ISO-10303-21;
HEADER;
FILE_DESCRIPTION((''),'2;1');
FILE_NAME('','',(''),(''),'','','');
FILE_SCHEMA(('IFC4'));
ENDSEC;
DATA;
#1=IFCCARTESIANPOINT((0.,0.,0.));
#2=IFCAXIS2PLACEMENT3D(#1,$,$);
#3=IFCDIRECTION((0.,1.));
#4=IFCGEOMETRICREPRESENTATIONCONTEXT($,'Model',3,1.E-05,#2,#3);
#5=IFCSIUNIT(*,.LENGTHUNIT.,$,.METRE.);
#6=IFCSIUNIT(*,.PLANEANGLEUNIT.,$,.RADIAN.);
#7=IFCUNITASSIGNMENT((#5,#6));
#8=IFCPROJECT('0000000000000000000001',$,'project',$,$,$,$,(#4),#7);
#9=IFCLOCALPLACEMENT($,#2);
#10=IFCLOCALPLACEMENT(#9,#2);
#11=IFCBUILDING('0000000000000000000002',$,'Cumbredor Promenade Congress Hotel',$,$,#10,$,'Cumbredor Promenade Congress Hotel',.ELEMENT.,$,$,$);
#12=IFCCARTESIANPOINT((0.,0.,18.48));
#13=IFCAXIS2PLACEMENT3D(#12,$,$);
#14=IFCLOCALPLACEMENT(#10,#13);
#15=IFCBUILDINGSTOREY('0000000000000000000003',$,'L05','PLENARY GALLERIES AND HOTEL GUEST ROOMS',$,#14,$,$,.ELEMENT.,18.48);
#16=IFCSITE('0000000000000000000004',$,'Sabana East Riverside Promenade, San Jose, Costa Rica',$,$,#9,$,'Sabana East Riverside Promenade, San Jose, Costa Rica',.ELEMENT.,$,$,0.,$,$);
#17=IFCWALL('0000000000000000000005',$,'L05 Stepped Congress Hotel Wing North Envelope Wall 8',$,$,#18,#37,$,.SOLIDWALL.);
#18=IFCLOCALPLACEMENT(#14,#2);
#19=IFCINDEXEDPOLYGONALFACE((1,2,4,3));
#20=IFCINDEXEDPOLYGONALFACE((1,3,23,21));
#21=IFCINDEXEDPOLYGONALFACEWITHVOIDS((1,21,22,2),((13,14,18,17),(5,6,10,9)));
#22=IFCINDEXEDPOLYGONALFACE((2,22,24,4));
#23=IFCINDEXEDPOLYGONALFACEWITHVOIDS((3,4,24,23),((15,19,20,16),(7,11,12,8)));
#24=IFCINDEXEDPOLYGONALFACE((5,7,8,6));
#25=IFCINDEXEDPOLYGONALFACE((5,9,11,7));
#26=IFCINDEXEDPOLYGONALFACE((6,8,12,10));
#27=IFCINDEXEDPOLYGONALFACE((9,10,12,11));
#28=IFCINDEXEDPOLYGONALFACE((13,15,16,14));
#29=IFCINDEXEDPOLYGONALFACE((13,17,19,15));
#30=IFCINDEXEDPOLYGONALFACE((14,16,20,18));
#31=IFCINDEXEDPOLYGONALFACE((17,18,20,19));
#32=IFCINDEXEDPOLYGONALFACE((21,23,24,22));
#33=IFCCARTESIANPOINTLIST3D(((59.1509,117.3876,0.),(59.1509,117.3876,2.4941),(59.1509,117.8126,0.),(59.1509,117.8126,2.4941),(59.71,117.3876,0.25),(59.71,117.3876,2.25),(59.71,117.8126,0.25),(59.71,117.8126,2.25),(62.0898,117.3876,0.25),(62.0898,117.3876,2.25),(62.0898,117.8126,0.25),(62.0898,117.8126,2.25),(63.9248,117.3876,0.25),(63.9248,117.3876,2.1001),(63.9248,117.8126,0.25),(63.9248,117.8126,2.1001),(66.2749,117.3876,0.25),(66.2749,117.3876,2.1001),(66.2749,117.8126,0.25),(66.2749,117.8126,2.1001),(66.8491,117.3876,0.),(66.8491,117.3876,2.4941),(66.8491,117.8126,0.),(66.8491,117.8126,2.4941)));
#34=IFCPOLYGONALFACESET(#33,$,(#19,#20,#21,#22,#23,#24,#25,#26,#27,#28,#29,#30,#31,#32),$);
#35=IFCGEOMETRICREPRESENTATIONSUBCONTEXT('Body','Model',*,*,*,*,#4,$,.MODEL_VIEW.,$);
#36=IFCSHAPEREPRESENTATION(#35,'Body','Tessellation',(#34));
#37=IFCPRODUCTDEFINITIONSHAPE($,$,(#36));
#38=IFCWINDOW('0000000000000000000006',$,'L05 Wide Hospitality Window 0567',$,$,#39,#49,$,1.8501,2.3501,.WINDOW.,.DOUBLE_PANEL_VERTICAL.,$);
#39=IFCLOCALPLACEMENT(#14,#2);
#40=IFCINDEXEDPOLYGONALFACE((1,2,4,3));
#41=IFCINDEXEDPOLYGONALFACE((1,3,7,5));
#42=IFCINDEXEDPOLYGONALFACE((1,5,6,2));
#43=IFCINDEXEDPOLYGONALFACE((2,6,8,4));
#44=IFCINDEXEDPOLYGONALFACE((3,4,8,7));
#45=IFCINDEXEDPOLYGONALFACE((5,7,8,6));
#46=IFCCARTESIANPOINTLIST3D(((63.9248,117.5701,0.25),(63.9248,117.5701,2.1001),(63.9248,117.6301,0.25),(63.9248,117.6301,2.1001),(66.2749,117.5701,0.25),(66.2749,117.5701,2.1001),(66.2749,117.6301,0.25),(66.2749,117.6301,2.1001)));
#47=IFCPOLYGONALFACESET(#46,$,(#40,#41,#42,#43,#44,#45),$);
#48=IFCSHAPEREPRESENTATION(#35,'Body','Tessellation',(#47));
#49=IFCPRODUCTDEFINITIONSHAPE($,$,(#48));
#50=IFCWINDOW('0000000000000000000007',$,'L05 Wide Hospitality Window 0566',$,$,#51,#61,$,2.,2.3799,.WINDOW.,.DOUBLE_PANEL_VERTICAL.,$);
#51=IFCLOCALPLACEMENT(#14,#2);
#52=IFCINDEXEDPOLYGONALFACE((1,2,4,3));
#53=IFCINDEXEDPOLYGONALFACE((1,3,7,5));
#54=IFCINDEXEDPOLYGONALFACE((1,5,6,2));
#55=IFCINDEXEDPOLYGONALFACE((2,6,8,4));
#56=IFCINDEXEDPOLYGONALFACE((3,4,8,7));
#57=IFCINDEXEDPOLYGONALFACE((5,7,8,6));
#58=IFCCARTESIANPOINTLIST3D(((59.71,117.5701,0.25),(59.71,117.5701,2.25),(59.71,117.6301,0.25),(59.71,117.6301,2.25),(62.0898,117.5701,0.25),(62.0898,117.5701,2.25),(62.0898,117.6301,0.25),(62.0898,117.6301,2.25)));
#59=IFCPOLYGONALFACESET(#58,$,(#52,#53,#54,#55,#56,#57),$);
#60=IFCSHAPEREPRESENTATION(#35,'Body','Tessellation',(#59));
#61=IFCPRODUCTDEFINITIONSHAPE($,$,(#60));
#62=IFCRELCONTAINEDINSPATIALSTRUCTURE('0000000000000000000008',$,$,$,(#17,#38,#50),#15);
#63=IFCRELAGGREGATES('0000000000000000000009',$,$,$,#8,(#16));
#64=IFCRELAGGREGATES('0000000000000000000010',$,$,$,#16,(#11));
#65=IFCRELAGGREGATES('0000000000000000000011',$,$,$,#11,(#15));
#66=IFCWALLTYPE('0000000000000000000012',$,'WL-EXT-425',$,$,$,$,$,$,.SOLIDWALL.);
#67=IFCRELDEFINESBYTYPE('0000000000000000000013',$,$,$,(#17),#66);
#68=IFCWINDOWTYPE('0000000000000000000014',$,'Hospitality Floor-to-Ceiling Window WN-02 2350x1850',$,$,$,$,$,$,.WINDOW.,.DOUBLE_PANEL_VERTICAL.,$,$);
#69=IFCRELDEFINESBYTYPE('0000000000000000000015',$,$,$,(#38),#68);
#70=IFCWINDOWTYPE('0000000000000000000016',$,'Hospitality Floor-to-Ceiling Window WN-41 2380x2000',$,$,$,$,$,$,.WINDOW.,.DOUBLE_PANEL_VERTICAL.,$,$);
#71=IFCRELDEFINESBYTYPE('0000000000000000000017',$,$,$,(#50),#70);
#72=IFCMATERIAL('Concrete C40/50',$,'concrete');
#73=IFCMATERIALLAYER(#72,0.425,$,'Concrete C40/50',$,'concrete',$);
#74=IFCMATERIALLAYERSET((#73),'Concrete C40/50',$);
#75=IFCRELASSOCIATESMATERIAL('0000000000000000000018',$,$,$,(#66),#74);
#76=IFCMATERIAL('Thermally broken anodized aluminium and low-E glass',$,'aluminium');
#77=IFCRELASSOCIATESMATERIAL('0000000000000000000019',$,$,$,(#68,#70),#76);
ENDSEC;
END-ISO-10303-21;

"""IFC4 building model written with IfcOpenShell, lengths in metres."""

from ifc_helpers import new_model, si_unit, direction, frame, frame_2d, origin, place, context, subcontext, project, spatial, rectangle, extrude, material, layer, layer_set, type_object, element, fill, save


model = new_model("IFC4")

# Units and contexts
model_context = context("Model", 3, precision=1e-05, world=origin(), true_north=direction((0.0, 1.0)))
body_context = subcontext(model_context, "Body", "Model", "MODEL_VIEW")
ifc_project = project(units=[si_unit("LENGTHUNIT", "METRE"), si_unit("PLANEANGLEUNIT", "RADIAN")], contexts=[model_context])

# Site, building, storey
site_placement = place(None, origin())
site = spatial("IfcSite", under=ifc_project, at=site_placement, Name="Sabana East Riverside Promenade, San Jose, Costa Rica", LongName="Sabana East Riverside Promenade, San Jose, Costa Rica", CompositionType="ELEMENT", RefElevation=0.0)
building_placement = place(site_placement, origin())
building = spatial("IfcBuilding", under=site, at=building_placement, Name="Cumbredor Promenade Congress Hotel", LongName="Cumbredor Promenade Congress Hotel", CompositionType="ELEMENT")
storey_placement = place(building_placement, frame((0.0, 0.0, 18.48)))
storey = spatial("IfcBuildingStorey", under=building, at=storey_placement, Name="L05", Description="PLENARY GALLERIES AND HOTEL GUEST ROOMS", CompositionType="ELEMENT", Elevation=18.48)

# Shared definitions
ifc_material_1 = material(Name="Concrete C40/50", Category="concrete")

# Shared definitions
ifc_material_2 = material(Name="Thermally broken anodized aluminium and low-E glass", Category="aluminium")

# Wall, openings, windows
ifc_layer_1 = layer(ifc_material_1, 0.425, Name="Concrete C40/50", Category="concrete")
ifc_layer_set_1 = layer_set([ifc_layer_1], Name="Concrete C40/50")
wall_type_1 = type_object("IfcWallType", Name="WL-EXT-425", PredefinedType="SOLIDWALL", material=ifc_layer_set_1)
wall_1_placement = place(storey_placement, frame((59.1509, 117.6001, 0.0), z_axis=(0.0, 0.0, 1.0), x_axis=(1.0, 0.0, 0.0)))
wall_1 = element("IfcWall", 1, at=wall_1_placement, inside=storey, type_object=wall_type_1, Name="L05 Stepped Congress Hotel Wing North Envelope Wall 8", PredefinedType="SOLIDWALL", context=body_context, shape_type="SweptSolid", body=[
    extrude(rectangle(XDim=7.6982, YDim=0.425, at=frame_2d((3.8491, 0.0))), origin(), (0.0, 0.0, 1.0), 2.4941),
])
opening_1_placement = place(wall_1_placement, frame((0.5591, 0.0, 0.25)))
opening_1 = element("IfcOpeningElement", 2, at=opening_1_placement, cuts=wall_1, PredefinedType="OPENING", context=body_context, shape_type="SweptSolid", body=[
    extrude(rectangle(XDim=2.3799, YDim=2.0, at=frame_2d((1.1899, 1.0))), frame((0.0, 0.2227, 0.0), z_axis=(0.0, -1.0, 0.0), x_axis=(1.0, 0.0, 0.0)), (0.0, 0.0, 1.0), 0.4451),
])
opening_2_placement = place(wall_1_placement, frame((4.7739, 0.0, 0.25)))
opening_2 = element("IfcOpeningElement", 3, at=opening_2_placement, cuts=wall_1, PredefinedType="OPENING", context=body_context, shape_type="SweptSolid", body=[
    extrude(rectangle(XDim=2.3501, YDim=1.8501, at=frame_2d((1.175, 0.925))), frame((0.0, 0.2227, 0.0), z_axis=(0.0, -1.0, 0.0), x_axis=(1.0, 0.0, 0.0)), (0.0, 0.0, 1.0), 0.4451),
])
window_type_1 = type_object("IfcWindowType", Name="Hospitality Floor-to-Ceiling Window WN-02 2350x1850", PartitioningType="DOUBLE_PANEL_VERTICAL", PredefinedType="WINDOW", material=ifc_material_2)
window_1_placement = place(opening_2_placement, origin())
window_1 = element("IfcWindow", 4, at=window_1_placement, inside=storey, type_object=window_type_1, Name="L05 Wide Hospitality Window 0567", OverallHeight=1.8501, OverallWidth=2.3501, PartitioningType="DOUBLE_PANEL_VERTICAL", PredefinedType="WINDOW", context=body_context, shape_type="SweptSolid", body=[
    extrude(rectangle(XDim=2.3501, YDim=1.8501, at=frame_2d((1.175, 0.925))), frame((0.0, 0.03, 0.0), z_axis=(0.0, -1.0, 0.0), x_axis=(1.0, 0.0, 0.0)), (0.0, 0.0, 1.0), 0.0601),
])
fill(opening_2, window_1)
window_type_2 = type_object("IfcWindowType", Name="Hospitality Floor-to-Ceiling Window WN-41 2380x2000", PartitioningType="DOUBLE_PANEL_VERTICAL", PredefinedType="WINDOW", material=ifc_material_2)
window_2_placement = place(opening_1_placement, origin())
window_2 = element("IfcWindow", 5, at=window_2_placement, inside=storey, type_object=window_type_2, Name="L05 Wide Hospitality Window 0566", OverallHeight=2.0, OverallWidth=2.3799, PartitioningType="DOUBLE_PANEL_VERTICAL", PredefinedType="WINDOW", context=body_context, shape_type="SweptSolid", body=[
    extrude(rectangle(XDim=2.3799, YDim=2.0, at=frame_2d((1.1899, 1.0))), frame((0.0, 0.03, 0.0), z_axis=(0.0, -1.0, 0.0), x_axis=(1.0, 0.0, 0.0)), (0.0, 0.0, 1.0), 0.0601),
])
fill(opening_1, window_2)

save(model, "model.ifc")
